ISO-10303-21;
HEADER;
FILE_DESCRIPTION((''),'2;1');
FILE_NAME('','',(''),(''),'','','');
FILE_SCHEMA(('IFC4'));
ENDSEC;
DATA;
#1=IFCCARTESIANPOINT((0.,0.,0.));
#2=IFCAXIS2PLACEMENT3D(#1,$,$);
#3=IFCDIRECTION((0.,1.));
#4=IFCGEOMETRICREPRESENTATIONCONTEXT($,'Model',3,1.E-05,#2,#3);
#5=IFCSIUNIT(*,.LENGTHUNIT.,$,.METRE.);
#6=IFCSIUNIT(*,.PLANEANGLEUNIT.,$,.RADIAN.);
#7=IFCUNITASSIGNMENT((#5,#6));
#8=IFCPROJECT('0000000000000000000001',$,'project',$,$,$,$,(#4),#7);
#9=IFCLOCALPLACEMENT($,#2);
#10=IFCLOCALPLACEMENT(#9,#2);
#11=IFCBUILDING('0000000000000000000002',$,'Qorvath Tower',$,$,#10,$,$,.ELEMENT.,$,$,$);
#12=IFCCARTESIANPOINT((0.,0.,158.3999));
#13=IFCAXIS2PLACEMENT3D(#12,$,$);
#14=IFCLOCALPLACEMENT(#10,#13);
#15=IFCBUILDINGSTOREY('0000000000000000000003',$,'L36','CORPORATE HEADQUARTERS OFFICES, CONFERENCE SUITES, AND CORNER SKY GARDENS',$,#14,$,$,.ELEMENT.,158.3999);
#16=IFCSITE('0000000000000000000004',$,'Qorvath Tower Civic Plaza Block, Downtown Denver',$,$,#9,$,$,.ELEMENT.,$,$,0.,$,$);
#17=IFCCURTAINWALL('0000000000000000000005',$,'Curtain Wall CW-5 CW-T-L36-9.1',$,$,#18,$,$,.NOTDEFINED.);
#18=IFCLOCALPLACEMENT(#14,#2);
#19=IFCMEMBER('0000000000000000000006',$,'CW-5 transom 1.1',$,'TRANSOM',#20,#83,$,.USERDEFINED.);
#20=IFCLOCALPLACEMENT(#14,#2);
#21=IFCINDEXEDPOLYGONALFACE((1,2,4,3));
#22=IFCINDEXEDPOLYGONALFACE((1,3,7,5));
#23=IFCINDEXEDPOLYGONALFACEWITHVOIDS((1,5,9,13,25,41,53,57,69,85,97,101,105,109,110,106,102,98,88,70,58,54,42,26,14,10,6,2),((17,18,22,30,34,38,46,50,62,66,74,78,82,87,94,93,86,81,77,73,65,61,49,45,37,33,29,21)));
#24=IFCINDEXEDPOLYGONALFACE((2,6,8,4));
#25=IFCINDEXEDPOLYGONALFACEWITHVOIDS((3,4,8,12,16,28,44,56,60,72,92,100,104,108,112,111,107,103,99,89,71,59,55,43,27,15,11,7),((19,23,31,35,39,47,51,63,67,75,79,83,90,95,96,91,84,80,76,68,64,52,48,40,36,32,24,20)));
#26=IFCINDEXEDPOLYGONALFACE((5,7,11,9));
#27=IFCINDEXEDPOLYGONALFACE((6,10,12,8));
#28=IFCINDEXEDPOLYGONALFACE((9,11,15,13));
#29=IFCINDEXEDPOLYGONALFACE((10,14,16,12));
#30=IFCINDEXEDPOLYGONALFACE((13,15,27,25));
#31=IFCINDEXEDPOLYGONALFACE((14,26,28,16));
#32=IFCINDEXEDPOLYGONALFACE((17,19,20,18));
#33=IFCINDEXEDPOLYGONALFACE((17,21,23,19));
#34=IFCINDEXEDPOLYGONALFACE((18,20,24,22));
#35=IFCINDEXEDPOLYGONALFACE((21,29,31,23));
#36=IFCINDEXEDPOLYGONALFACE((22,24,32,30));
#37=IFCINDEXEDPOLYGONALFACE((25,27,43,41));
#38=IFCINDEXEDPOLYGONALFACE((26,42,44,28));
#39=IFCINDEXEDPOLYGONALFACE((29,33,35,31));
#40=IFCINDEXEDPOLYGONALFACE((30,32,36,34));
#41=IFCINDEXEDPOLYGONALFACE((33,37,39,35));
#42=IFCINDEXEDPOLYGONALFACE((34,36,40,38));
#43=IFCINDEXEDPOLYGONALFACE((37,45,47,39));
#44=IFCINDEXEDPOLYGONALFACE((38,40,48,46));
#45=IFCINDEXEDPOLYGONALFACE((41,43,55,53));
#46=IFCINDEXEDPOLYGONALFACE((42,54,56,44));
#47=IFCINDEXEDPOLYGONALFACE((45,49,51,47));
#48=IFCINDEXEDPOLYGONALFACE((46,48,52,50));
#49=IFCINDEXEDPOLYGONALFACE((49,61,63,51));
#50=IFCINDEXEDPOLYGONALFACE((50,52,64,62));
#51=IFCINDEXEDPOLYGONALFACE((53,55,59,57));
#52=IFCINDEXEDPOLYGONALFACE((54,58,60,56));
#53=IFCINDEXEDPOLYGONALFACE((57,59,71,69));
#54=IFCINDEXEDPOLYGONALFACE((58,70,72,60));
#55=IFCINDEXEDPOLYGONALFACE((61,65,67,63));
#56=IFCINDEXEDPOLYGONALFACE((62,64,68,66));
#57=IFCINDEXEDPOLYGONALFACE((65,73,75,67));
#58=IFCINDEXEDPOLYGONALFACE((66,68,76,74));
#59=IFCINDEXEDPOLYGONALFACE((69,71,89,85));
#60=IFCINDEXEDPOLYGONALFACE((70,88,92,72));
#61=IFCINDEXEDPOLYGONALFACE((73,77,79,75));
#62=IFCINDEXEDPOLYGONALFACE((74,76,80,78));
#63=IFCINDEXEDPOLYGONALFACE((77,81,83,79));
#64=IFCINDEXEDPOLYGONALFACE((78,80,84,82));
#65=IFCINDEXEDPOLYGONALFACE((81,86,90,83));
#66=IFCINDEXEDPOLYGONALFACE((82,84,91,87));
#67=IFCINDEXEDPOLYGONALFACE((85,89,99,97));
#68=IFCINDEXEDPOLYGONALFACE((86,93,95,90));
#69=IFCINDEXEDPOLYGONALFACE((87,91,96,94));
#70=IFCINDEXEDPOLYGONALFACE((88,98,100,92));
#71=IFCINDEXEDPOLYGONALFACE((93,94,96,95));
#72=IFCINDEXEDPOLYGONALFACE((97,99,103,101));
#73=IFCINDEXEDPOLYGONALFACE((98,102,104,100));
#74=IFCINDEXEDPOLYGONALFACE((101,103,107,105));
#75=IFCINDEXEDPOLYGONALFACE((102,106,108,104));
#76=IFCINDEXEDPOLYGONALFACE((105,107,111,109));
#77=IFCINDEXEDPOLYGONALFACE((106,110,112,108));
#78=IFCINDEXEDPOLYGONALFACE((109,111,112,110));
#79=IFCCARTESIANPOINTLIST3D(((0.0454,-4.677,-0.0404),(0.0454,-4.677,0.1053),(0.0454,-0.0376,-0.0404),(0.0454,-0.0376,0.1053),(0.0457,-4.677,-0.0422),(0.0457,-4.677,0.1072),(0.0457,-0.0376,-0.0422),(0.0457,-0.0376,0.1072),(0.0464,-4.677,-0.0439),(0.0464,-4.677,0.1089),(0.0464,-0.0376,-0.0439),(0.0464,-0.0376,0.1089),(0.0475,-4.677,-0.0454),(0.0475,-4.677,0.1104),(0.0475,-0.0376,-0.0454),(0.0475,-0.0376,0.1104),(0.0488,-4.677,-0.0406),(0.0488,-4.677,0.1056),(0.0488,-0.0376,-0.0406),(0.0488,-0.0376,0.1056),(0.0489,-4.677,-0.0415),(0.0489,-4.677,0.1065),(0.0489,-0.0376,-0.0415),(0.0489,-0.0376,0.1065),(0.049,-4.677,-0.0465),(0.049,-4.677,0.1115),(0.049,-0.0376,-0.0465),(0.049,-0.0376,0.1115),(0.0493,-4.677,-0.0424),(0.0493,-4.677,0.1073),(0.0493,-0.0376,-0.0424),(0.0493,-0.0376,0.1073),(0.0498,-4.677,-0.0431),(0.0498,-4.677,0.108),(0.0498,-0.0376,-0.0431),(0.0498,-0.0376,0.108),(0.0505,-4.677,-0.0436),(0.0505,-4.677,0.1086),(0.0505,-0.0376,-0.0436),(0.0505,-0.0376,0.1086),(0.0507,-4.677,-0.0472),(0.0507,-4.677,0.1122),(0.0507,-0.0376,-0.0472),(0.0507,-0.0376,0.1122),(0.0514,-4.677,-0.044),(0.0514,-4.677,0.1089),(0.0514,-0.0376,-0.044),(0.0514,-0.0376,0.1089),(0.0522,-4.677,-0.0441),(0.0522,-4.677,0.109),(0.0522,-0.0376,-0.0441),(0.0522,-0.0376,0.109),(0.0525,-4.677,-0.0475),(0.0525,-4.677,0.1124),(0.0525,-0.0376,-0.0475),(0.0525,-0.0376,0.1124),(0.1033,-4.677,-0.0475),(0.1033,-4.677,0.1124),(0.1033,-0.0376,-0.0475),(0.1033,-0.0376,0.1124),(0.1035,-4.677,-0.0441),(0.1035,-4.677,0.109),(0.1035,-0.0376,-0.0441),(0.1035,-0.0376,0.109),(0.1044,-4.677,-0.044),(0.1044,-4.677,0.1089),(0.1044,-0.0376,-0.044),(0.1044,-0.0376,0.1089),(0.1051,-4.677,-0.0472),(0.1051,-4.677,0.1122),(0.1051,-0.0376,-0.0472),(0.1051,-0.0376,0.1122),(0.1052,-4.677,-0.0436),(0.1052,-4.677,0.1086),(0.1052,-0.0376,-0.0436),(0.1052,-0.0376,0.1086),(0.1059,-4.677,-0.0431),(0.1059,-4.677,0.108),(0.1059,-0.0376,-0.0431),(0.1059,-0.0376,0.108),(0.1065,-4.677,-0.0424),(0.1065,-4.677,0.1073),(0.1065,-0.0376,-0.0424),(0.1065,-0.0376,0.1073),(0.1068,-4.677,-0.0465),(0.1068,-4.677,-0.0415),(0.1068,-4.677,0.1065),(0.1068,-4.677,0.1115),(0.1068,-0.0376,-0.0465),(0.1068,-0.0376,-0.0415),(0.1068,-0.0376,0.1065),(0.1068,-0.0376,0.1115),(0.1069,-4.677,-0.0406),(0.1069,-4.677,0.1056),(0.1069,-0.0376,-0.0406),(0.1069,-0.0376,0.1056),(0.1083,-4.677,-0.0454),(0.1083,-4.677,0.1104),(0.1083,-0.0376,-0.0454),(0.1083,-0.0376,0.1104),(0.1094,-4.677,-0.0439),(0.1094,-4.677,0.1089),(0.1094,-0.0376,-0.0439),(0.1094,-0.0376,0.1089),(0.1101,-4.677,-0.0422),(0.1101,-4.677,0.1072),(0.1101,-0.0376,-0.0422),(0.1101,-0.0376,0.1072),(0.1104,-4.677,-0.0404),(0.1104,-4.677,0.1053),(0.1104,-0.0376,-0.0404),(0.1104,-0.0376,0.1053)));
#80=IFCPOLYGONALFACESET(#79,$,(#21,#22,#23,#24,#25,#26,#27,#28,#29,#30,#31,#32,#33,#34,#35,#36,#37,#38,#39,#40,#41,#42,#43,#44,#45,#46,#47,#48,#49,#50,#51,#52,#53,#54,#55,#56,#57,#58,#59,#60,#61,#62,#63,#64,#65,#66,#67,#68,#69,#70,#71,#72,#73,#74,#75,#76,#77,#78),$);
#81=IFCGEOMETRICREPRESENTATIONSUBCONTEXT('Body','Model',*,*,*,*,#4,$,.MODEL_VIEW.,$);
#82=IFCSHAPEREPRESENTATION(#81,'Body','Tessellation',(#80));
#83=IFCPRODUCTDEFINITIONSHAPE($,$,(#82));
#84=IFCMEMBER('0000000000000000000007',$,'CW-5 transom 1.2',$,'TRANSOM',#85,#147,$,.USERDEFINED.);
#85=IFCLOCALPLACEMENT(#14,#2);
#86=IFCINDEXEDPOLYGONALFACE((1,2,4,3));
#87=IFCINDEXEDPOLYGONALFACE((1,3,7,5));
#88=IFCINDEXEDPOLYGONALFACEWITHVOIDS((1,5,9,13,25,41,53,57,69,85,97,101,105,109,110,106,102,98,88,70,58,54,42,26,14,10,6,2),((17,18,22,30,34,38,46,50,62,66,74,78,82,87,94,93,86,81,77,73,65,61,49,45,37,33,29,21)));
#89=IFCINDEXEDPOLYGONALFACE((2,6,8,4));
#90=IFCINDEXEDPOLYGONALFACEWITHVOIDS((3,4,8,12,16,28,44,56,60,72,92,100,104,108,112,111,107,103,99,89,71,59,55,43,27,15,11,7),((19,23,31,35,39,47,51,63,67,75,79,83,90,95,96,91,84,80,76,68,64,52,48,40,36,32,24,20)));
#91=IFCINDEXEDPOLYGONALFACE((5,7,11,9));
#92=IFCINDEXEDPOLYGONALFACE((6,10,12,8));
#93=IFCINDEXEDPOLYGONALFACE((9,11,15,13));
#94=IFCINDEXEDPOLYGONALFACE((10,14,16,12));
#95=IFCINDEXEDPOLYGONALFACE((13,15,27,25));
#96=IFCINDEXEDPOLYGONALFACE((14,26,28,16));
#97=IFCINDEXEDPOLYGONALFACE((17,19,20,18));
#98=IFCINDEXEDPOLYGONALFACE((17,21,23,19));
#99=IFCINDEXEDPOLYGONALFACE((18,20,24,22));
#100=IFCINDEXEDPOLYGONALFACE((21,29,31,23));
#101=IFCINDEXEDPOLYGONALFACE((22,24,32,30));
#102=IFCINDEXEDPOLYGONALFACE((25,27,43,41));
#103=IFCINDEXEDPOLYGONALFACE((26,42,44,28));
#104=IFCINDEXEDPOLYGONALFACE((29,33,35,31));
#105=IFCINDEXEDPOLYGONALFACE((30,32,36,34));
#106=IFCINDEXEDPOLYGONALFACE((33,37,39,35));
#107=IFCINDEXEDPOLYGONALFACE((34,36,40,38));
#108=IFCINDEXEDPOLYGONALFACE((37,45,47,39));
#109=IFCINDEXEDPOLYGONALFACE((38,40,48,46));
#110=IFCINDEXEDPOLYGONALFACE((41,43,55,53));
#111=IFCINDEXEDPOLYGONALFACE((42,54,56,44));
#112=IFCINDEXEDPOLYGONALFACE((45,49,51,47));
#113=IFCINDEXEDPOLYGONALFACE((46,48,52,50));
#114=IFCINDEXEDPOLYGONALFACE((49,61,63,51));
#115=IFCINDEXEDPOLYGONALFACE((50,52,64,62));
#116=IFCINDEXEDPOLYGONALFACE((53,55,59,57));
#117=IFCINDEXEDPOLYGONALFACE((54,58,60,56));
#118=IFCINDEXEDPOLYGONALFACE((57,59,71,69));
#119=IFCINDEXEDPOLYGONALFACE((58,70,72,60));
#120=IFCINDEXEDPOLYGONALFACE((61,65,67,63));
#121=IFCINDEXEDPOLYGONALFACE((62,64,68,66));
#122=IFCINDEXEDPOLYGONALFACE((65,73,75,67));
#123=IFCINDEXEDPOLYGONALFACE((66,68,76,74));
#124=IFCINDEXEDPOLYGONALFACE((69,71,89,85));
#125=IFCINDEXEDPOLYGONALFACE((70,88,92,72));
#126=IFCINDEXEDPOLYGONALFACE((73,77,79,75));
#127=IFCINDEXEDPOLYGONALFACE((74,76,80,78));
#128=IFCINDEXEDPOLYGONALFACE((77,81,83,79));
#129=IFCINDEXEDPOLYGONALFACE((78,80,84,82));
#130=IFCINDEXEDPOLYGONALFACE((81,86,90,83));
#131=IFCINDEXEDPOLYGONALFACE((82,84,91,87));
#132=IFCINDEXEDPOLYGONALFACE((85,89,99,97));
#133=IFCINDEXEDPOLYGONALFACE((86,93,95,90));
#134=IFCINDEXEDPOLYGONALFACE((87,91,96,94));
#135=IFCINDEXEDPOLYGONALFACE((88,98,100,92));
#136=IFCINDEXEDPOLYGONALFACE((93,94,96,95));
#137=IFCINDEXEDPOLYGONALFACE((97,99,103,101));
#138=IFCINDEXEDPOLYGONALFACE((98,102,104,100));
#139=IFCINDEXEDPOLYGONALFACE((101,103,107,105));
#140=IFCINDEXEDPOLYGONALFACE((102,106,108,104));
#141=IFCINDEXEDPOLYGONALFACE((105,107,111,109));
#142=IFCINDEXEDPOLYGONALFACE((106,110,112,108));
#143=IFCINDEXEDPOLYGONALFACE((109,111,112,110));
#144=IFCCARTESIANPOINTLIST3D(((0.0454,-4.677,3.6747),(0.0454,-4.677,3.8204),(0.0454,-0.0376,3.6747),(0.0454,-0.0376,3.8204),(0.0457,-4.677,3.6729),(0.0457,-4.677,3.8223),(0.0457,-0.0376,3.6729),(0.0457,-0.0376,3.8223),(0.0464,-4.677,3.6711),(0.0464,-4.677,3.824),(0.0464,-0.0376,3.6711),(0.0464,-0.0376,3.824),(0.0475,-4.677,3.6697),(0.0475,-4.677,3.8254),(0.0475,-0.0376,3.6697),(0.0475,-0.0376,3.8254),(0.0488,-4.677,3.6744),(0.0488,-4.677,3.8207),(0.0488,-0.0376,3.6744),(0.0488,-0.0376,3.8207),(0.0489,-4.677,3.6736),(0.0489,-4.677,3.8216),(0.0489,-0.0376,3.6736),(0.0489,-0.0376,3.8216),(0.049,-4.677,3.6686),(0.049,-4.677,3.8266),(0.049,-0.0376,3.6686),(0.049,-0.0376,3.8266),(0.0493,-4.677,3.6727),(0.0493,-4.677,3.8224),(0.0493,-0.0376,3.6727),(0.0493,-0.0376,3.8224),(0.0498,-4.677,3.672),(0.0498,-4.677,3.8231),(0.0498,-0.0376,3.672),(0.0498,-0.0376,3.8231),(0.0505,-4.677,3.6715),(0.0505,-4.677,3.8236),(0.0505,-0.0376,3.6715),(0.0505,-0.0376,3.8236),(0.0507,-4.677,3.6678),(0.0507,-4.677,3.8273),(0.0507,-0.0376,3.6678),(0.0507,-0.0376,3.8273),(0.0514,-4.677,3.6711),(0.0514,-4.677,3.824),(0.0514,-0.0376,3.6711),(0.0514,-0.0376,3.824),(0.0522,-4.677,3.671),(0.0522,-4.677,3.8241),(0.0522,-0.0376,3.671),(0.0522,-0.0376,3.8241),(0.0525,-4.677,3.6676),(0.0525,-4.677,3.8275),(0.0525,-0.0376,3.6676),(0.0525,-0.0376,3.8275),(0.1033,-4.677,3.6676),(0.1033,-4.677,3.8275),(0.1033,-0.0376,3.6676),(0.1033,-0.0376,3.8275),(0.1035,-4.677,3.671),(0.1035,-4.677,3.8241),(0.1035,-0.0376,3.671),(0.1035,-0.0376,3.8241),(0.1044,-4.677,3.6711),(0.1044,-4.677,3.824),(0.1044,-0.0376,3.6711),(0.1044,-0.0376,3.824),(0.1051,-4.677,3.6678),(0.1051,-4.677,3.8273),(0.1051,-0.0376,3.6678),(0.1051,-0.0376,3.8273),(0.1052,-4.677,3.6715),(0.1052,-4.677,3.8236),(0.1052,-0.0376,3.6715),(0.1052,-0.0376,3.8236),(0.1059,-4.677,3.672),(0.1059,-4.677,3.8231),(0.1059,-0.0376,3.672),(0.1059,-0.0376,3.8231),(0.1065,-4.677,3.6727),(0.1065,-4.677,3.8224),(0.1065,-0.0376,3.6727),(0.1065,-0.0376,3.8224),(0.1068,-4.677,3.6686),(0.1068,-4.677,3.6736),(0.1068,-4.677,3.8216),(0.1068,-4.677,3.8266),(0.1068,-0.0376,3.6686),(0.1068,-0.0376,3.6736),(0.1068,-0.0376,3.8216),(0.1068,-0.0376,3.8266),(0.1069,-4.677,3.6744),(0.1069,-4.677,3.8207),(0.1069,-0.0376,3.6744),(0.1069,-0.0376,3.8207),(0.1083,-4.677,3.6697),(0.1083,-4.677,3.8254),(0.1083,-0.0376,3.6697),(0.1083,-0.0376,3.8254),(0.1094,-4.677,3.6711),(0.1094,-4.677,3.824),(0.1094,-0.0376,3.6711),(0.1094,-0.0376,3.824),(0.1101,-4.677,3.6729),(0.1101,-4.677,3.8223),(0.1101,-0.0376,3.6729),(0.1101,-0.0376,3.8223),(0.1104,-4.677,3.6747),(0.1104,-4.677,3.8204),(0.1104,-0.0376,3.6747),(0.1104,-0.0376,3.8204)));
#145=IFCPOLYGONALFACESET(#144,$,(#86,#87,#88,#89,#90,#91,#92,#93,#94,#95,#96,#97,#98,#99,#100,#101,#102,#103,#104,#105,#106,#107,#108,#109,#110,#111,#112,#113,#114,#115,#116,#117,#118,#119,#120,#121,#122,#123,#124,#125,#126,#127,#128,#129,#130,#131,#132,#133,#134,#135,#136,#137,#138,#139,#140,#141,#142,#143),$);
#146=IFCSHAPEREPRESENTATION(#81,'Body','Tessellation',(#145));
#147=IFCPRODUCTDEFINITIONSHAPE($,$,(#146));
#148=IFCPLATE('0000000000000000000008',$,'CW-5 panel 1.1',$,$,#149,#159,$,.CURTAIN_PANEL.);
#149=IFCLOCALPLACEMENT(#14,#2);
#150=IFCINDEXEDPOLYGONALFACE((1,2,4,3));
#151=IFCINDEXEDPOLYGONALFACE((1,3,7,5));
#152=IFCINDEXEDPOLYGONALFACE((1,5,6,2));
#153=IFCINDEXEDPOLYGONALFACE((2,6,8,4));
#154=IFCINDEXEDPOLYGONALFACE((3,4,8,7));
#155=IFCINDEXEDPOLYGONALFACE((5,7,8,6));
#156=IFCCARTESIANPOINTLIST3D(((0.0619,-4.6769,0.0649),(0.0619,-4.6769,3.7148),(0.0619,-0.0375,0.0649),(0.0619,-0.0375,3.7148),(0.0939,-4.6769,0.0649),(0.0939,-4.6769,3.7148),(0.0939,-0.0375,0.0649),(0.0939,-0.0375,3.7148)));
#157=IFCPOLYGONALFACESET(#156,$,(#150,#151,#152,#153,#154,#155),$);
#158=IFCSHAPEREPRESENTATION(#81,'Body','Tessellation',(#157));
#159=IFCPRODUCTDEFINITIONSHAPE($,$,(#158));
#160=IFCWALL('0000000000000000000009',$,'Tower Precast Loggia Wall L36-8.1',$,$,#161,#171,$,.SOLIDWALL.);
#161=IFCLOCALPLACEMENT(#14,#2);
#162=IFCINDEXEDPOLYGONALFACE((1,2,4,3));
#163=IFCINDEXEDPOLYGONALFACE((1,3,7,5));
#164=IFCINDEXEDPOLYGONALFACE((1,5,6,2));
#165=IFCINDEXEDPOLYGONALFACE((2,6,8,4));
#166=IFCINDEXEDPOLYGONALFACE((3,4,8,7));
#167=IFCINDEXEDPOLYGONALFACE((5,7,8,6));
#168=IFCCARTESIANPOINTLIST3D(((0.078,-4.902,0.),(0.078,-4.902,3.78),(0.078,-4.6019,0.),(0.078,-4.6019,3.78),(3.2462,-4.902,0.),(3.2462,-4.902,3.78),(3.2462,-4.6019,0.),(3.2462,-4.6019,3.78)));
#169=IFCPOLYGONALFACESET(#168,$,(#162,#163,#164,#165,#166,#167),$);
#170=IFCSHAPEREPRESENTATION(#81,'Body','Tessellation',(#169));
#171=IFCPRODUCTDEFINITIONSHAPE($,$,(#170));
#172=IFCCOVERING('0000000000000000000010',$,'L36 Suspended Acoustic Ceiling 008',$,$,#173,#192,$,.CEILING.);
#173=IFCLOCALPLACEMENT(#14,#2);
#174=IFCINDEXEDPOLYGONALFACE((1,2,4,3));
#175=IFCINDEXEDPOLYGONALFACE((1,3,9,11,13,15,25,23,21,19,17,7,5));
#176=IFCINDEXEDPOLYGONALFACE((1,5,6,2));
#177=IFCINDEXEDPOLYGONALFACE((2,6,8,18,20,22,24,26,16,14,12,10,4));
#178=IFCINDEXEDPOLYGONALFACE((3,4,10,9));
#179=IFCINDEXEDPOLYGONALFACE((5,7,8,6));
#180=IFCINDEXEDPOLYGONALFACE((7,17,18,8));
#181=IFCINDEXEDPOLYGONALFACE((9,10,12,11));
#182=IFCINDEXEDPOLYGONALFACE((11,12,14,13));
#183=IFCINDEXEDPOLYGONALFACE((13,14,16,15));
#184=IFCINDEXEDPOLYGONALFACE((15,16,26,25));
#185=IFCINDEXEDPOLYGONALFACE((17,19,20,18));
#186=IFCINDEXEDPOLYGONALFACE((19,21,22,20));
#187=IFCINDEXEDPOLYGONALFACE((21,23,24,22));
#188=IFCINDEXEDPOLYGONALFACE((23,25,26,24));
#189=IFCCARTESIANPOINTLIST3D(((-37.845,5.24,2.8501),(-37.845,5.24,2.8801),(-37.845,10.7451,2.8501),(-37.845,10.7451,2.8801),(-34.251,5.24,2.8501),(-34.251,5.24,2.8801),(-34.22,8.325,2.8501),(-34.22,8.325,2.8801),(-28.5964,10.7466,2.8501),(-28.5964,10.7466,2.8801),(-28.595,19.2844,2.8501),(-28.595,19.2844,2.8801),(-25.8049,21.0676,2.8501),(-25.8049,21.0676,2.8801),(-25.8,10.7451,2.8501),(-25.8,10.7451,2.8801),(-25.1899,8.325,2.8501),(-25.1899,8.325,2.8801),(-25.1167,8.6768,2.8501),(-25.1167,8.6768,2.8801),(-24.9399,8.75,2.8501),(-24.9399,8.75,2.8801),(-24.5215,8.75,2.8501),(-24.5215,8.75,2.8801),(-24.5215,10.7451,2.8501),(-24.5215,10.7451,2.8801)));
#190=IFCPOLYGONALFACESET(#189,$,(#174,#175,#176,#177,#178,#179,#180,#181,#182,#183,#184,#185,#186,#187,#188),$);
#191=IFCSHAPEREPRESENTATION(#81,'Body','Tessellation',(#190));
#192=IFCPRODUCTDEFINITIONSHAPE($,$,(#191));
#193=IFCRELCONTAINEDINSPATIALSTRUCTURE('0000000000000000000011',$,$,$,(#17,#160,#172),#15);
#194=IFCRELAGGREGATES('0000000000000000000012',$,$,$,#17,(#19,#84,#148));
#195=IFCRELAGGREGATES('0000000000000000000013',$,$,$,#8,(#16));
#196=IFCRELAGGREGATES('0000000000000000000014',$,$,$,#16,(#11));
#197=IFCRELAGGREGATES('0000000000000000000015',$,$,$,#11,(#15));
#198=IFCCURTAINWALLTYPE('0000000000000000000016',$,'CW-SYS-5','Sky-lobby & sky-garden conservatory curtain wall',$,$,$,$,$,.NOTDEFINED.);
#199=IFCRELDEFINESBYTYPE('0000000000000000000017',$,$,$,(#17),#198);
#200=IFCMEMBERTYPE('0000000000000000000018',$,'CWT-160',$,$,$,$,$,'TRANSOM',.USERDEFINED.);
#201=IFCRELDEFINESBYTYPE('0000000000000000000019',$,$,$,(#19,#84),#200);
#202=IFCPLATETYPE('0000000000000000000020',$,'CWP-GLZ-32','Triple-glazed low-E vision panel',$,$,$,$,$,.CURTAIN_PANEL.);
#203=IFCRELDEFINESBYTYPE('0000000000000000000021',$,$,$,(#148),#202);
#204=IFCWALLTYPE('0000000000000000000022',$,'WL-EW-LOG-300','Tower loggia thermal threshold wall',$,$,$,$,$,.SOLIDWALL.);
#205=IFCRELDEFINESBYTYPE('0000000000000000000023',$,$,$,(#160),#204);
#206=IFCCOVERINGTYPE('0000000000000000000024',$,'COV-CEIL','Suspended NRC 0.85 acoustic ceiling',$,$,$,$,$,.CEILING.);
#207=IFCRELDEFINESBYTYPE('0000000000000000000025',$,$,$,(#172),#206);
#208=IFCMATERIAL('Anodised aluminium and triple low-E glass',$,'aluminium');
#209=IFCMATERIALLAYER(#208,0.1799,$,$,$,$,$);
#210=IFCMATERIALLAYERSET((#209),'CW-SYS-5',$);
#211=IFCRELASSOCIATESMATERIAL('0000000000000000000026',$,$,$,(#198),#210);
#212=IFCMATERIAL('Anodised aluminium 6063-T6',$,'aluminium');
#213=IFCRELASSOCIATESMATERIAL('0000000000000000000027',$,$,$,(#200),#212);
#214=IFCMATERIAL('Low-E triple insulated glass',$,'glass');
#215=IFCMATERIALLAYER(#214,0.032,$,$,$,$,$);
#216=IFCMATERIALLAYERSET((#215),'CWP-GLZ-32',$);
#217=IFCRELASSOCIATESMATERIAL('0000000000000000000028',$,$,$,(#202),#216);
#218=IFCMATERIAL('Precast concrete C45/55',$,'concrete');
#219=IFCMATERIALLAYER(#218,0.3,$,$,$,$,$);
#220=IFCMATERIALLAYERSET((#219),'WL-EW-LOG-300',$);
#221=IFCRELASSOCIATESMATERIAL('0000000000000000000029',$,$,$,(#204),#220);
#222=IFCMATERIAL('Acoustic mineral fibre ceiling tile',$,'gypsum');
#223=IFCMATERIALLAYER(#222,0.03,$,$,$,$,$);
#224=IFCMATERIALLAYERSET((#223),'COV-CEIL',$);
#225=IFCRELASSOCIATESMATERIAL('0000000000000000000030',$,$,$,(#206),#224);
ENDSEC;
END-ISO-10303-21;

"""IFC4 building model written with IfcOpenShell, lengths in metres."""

from ifc_helpers import new_model, si_unit, direction, frame, frame_2d, origin, origin_2d, place, context, subcontext, project, spatial, polyline, rectangle, hollow_rectangle, outline, extrude, material, layer, layer_set, material_profile, profile_set, type_object, element, aggregate, save


model = new_model("IFC4")

# Units and contexts
model_context = context("Model", 3, precision=1e-05, world=origin(), true_north=direction((0.0, 1.0)))
body_context = subcontext(model_context, "Body", "Model", "MODEL_VIEW")
ifc_project = project(units=[si_unit("LENGTHUNIT", "METRE"), si_unit("PLANEANGLEUNIT", "RADIAN")], contexts=[model_context])

# Site, building, storey
site_placement = place(None, origin())
site = spatial("IfcSite", under=ifc_project, at=site_placement, Name="Qorvath Tower Civic Plaza Block, Downtown Denver", CompositionType="ELEMENT", RefElevation=0.0)
building_placement = place(site_placement, origin())
building = spatial("IfcBuilding", under=site, at=building_placement, Name="Qorvath Tower", CompositionType="ELEMENT")
storey_placement = place(building_placement, frame((0.0, 0.0, 158.3999)))
storey = spatial("IfcBuildingStorey", under=building, at=storey_placement, Name="L36", Description="CORPORATE HEADQUARTERS OFFICES, CONFERENCE SUITES, AND CORNER SKY GARDENS", CompositionType="ELEMENT", Elevation=158.3999)

# Shared definitions
ifc_material_1 = material(Name="Anodised aluminium and triple low-E glass", Category="aluminium")
ifc_layer_1 = layer(ifc_material_1, 0.1799)
ifc_layer_set_1 = layer_set([ifc_layer_1], Name="CW-SYS-5")
curtain_wall_type = type_object("IfcCurtainWallType", Name="CW-SYS-5", Description="Sky-lobby & sky-garden conservatory curtain wall", PredefinedType="NOTDEFINED", material=ifc_layer_set_1)

# Curtain wall, members, plate
curtain_wall_1_placement = place(storey_placement, origin())
curtain_wall_1 = element("IfcCurtainWall", 1, at=curtain_wall_1_placement, inside=storey, type_object=curtain_wall_type, Name="Curtain Wall CW-5 CW-T-L36-9.1", PredefinedType="NOTDEFINED")
ifc_material_2 = material(Name="Anodised aluminium 6063-T6", Category="aluminium")
ifc_material_profile_1 = material_profile(ifc_material_2, hollow_rectangle(XDim=0.0649, YDim=0.1599, WallThickness=0.0034, InnerFilletRadius=0.0034, OuterFilletRadius=0.0071, at=origin_2d()), Name="CWT 160x65")
ifc_profile_set_1 = profile_set([ifc_material_profile_1], Name="Anodised aluminium 6063-T6")
member_type_1 = type_object("IfcMemberType", Name="CWT-160", ElementType="TRANSOM", PredefinedType="USERDEFINED", material=ifc_profile_set_1)
member_1_placement = place(storey_placement, frame((0.0779, -4.677, 0.0325), z_axis=(0.0, 1.0, 0.0), x_axis=(-1.0, 0.0, 0.0)))
member_1 = element("IfcMember", 2, at=member_1_placement, type_object=member_type_1, Name="CW-5 transom 1.1", ObjectType="TRANSOM", PredefinedType="USERDEFINED", context=body_context, shape_type="SweptSolid", body=[
    extrude(hollow_rectangle(XDim=0.0649, YDim=0.1599, WallThickness=0.0034, InnerFilletRadius=0.0034, OuterFilletRadius=0.0071, at=origin_2d()), origin(), (0.0, 0.0, 1.0), 4.6394),
])
member_2_placement = place(storey_placement, frame((0.0779, -4.677, 3.7476), z_axis=(0.0, 1.0, 0.0), x_axis=(-1.0, 0.0, 0.0)))
member_2 = element("IfcMember", 3, at=member_2_placement, type_object=member_type_1, Name="CW-5 transom 1.2", ObjectType="TRANSOM", PredefinedType="USERDEFINED", context=body_context, shape_type="SweptSolid", body=[
    extrude(hollow_rectangle(XDim=0.0649, YDim=0.1599, WallThickness=0.0034, InnerFilletRadius=0.0034, OuterFilletRadius=0.0071, at=origin_2d()), origin(), (0.0, 0.0, 1.0), 4.6394),
])
ifc_material_3 = material(Name="Low-E triple insulated glass", Category="glass")
ifc_layer_2 = layer(ifc_material_3, 0.032)
ifc_layer_set_2 = layer_set([ifc_layer_2], Name="CWP-GLZ-32")
plate_type = type_object("IfcPlateType", Name="CWP-GLZ-32", Description="Triple-glazed low-E vision panel", PredefinedType="CURTAIN_PANEL", material=ifc_layer_set_2)
plate_placement = place(storey_placement, frame((0.0779, -2.3572, 0.0649), z_axis=(0.0, 0.0, 1.0), x_axis=(0.0, 1.0, 0.0)))
plate = element("IfcPlate", 4, at=plate_placement, type_object=plate_type, Name="CW-5 panel 1.1", PredefinedType="CURTAIN_PANEL", context=body_context, shape_type="SweptSolid", body=[
    extrude(rectangle(XDim=4.6394, YDim=0.032, at=origin_2d()), origin(), (0.0, 0.0, 1.0), 3.6499),
])
aggregate(curtain_wall_1, [member_1, member_2, plate])

# Wall
ifc_material_4 = material(Name="Precast concrete C45/55", Category="concrete")
ifc_layer_3 = layer(ifc_material_4, 0.3)
ifc_layer_set_3 = layer_set([ifc_layer_3], Name="WL-EW-LOG-300")
wall_type = type_object("IfcWallType", Name="WL-EW-LOG-300", Description="Tower loggia thermal threshold wall", PredefinedType="SOLIDWALL", material=ifc_layer_set_3)
wall_placement = place(storey_placement, frame((3.2461, -4.752, 0.0), z_axis=(0.0, 0.0, 1.0), x_axis=(-1.0, 0.0, 0.0)))
element("IfcWall", 5, at=wall_placement, inside=storey, type_object=wall_type, Name="Tower Precast Loggia Wall L36-8.1", PredefinedType="SOLIDWALL", context=body_context, shape_type="SweptSolid", body=[
    extrude(rectangle(XDim=3.1682, YDim=0.3, at=frame_2d((1.584, 0.0))), origin(), (0.0, 0.0, 1.0), 3.78),
])

# Covering
ifc_material_5 = material(Name="Acoustic mineral fibre ceiling tile", Category="gypsum")
ifc_layer_4 = layer(ifc_material_5, 0.03)
ifc_layer_set_4 = layer_set([ifc_layer_4], Name="COV-CEIL")
covering_type_1 = type_object("IfcCoveringType", Name="COV-CEIL", Description="Suspended NRC 0.85 acoustic ceiling", PredefinedType="CEILING", material=ifc_layer_set_4)
covering_1_placement = place(storey_placement, frame((0.0, 0.0, 2.8501)))
element("IfcCovering", 6, at=covering_1_placement, inside=storey, type_object=covering_type_1, Name="L36 Suspended Acoustic Ceiling 008", PredefinedType="CEILING", context=body_context, shape_type="SweptSolid", body=[
    extrude(outline(polyline([(-24.5215, 8.75), (-24.5215, 10.7451), (-25.8, 10.7451), (-25.8049, 21.0676), (-28.595, 19.2844), (-28.5964, 10.7466), (-37.845, 10.7451), (-37.845, 5.24), (-34.251, 5.24), (-34.22, 8.325), (-25.1899, 8.325), (-25.1167, 8.6768), (-24.9399, 8.75), (-24.5215, 8.75)])), origin(), (0.0, 0.0, 1.0), 0.03),
])

save(model, "model.ifc")
